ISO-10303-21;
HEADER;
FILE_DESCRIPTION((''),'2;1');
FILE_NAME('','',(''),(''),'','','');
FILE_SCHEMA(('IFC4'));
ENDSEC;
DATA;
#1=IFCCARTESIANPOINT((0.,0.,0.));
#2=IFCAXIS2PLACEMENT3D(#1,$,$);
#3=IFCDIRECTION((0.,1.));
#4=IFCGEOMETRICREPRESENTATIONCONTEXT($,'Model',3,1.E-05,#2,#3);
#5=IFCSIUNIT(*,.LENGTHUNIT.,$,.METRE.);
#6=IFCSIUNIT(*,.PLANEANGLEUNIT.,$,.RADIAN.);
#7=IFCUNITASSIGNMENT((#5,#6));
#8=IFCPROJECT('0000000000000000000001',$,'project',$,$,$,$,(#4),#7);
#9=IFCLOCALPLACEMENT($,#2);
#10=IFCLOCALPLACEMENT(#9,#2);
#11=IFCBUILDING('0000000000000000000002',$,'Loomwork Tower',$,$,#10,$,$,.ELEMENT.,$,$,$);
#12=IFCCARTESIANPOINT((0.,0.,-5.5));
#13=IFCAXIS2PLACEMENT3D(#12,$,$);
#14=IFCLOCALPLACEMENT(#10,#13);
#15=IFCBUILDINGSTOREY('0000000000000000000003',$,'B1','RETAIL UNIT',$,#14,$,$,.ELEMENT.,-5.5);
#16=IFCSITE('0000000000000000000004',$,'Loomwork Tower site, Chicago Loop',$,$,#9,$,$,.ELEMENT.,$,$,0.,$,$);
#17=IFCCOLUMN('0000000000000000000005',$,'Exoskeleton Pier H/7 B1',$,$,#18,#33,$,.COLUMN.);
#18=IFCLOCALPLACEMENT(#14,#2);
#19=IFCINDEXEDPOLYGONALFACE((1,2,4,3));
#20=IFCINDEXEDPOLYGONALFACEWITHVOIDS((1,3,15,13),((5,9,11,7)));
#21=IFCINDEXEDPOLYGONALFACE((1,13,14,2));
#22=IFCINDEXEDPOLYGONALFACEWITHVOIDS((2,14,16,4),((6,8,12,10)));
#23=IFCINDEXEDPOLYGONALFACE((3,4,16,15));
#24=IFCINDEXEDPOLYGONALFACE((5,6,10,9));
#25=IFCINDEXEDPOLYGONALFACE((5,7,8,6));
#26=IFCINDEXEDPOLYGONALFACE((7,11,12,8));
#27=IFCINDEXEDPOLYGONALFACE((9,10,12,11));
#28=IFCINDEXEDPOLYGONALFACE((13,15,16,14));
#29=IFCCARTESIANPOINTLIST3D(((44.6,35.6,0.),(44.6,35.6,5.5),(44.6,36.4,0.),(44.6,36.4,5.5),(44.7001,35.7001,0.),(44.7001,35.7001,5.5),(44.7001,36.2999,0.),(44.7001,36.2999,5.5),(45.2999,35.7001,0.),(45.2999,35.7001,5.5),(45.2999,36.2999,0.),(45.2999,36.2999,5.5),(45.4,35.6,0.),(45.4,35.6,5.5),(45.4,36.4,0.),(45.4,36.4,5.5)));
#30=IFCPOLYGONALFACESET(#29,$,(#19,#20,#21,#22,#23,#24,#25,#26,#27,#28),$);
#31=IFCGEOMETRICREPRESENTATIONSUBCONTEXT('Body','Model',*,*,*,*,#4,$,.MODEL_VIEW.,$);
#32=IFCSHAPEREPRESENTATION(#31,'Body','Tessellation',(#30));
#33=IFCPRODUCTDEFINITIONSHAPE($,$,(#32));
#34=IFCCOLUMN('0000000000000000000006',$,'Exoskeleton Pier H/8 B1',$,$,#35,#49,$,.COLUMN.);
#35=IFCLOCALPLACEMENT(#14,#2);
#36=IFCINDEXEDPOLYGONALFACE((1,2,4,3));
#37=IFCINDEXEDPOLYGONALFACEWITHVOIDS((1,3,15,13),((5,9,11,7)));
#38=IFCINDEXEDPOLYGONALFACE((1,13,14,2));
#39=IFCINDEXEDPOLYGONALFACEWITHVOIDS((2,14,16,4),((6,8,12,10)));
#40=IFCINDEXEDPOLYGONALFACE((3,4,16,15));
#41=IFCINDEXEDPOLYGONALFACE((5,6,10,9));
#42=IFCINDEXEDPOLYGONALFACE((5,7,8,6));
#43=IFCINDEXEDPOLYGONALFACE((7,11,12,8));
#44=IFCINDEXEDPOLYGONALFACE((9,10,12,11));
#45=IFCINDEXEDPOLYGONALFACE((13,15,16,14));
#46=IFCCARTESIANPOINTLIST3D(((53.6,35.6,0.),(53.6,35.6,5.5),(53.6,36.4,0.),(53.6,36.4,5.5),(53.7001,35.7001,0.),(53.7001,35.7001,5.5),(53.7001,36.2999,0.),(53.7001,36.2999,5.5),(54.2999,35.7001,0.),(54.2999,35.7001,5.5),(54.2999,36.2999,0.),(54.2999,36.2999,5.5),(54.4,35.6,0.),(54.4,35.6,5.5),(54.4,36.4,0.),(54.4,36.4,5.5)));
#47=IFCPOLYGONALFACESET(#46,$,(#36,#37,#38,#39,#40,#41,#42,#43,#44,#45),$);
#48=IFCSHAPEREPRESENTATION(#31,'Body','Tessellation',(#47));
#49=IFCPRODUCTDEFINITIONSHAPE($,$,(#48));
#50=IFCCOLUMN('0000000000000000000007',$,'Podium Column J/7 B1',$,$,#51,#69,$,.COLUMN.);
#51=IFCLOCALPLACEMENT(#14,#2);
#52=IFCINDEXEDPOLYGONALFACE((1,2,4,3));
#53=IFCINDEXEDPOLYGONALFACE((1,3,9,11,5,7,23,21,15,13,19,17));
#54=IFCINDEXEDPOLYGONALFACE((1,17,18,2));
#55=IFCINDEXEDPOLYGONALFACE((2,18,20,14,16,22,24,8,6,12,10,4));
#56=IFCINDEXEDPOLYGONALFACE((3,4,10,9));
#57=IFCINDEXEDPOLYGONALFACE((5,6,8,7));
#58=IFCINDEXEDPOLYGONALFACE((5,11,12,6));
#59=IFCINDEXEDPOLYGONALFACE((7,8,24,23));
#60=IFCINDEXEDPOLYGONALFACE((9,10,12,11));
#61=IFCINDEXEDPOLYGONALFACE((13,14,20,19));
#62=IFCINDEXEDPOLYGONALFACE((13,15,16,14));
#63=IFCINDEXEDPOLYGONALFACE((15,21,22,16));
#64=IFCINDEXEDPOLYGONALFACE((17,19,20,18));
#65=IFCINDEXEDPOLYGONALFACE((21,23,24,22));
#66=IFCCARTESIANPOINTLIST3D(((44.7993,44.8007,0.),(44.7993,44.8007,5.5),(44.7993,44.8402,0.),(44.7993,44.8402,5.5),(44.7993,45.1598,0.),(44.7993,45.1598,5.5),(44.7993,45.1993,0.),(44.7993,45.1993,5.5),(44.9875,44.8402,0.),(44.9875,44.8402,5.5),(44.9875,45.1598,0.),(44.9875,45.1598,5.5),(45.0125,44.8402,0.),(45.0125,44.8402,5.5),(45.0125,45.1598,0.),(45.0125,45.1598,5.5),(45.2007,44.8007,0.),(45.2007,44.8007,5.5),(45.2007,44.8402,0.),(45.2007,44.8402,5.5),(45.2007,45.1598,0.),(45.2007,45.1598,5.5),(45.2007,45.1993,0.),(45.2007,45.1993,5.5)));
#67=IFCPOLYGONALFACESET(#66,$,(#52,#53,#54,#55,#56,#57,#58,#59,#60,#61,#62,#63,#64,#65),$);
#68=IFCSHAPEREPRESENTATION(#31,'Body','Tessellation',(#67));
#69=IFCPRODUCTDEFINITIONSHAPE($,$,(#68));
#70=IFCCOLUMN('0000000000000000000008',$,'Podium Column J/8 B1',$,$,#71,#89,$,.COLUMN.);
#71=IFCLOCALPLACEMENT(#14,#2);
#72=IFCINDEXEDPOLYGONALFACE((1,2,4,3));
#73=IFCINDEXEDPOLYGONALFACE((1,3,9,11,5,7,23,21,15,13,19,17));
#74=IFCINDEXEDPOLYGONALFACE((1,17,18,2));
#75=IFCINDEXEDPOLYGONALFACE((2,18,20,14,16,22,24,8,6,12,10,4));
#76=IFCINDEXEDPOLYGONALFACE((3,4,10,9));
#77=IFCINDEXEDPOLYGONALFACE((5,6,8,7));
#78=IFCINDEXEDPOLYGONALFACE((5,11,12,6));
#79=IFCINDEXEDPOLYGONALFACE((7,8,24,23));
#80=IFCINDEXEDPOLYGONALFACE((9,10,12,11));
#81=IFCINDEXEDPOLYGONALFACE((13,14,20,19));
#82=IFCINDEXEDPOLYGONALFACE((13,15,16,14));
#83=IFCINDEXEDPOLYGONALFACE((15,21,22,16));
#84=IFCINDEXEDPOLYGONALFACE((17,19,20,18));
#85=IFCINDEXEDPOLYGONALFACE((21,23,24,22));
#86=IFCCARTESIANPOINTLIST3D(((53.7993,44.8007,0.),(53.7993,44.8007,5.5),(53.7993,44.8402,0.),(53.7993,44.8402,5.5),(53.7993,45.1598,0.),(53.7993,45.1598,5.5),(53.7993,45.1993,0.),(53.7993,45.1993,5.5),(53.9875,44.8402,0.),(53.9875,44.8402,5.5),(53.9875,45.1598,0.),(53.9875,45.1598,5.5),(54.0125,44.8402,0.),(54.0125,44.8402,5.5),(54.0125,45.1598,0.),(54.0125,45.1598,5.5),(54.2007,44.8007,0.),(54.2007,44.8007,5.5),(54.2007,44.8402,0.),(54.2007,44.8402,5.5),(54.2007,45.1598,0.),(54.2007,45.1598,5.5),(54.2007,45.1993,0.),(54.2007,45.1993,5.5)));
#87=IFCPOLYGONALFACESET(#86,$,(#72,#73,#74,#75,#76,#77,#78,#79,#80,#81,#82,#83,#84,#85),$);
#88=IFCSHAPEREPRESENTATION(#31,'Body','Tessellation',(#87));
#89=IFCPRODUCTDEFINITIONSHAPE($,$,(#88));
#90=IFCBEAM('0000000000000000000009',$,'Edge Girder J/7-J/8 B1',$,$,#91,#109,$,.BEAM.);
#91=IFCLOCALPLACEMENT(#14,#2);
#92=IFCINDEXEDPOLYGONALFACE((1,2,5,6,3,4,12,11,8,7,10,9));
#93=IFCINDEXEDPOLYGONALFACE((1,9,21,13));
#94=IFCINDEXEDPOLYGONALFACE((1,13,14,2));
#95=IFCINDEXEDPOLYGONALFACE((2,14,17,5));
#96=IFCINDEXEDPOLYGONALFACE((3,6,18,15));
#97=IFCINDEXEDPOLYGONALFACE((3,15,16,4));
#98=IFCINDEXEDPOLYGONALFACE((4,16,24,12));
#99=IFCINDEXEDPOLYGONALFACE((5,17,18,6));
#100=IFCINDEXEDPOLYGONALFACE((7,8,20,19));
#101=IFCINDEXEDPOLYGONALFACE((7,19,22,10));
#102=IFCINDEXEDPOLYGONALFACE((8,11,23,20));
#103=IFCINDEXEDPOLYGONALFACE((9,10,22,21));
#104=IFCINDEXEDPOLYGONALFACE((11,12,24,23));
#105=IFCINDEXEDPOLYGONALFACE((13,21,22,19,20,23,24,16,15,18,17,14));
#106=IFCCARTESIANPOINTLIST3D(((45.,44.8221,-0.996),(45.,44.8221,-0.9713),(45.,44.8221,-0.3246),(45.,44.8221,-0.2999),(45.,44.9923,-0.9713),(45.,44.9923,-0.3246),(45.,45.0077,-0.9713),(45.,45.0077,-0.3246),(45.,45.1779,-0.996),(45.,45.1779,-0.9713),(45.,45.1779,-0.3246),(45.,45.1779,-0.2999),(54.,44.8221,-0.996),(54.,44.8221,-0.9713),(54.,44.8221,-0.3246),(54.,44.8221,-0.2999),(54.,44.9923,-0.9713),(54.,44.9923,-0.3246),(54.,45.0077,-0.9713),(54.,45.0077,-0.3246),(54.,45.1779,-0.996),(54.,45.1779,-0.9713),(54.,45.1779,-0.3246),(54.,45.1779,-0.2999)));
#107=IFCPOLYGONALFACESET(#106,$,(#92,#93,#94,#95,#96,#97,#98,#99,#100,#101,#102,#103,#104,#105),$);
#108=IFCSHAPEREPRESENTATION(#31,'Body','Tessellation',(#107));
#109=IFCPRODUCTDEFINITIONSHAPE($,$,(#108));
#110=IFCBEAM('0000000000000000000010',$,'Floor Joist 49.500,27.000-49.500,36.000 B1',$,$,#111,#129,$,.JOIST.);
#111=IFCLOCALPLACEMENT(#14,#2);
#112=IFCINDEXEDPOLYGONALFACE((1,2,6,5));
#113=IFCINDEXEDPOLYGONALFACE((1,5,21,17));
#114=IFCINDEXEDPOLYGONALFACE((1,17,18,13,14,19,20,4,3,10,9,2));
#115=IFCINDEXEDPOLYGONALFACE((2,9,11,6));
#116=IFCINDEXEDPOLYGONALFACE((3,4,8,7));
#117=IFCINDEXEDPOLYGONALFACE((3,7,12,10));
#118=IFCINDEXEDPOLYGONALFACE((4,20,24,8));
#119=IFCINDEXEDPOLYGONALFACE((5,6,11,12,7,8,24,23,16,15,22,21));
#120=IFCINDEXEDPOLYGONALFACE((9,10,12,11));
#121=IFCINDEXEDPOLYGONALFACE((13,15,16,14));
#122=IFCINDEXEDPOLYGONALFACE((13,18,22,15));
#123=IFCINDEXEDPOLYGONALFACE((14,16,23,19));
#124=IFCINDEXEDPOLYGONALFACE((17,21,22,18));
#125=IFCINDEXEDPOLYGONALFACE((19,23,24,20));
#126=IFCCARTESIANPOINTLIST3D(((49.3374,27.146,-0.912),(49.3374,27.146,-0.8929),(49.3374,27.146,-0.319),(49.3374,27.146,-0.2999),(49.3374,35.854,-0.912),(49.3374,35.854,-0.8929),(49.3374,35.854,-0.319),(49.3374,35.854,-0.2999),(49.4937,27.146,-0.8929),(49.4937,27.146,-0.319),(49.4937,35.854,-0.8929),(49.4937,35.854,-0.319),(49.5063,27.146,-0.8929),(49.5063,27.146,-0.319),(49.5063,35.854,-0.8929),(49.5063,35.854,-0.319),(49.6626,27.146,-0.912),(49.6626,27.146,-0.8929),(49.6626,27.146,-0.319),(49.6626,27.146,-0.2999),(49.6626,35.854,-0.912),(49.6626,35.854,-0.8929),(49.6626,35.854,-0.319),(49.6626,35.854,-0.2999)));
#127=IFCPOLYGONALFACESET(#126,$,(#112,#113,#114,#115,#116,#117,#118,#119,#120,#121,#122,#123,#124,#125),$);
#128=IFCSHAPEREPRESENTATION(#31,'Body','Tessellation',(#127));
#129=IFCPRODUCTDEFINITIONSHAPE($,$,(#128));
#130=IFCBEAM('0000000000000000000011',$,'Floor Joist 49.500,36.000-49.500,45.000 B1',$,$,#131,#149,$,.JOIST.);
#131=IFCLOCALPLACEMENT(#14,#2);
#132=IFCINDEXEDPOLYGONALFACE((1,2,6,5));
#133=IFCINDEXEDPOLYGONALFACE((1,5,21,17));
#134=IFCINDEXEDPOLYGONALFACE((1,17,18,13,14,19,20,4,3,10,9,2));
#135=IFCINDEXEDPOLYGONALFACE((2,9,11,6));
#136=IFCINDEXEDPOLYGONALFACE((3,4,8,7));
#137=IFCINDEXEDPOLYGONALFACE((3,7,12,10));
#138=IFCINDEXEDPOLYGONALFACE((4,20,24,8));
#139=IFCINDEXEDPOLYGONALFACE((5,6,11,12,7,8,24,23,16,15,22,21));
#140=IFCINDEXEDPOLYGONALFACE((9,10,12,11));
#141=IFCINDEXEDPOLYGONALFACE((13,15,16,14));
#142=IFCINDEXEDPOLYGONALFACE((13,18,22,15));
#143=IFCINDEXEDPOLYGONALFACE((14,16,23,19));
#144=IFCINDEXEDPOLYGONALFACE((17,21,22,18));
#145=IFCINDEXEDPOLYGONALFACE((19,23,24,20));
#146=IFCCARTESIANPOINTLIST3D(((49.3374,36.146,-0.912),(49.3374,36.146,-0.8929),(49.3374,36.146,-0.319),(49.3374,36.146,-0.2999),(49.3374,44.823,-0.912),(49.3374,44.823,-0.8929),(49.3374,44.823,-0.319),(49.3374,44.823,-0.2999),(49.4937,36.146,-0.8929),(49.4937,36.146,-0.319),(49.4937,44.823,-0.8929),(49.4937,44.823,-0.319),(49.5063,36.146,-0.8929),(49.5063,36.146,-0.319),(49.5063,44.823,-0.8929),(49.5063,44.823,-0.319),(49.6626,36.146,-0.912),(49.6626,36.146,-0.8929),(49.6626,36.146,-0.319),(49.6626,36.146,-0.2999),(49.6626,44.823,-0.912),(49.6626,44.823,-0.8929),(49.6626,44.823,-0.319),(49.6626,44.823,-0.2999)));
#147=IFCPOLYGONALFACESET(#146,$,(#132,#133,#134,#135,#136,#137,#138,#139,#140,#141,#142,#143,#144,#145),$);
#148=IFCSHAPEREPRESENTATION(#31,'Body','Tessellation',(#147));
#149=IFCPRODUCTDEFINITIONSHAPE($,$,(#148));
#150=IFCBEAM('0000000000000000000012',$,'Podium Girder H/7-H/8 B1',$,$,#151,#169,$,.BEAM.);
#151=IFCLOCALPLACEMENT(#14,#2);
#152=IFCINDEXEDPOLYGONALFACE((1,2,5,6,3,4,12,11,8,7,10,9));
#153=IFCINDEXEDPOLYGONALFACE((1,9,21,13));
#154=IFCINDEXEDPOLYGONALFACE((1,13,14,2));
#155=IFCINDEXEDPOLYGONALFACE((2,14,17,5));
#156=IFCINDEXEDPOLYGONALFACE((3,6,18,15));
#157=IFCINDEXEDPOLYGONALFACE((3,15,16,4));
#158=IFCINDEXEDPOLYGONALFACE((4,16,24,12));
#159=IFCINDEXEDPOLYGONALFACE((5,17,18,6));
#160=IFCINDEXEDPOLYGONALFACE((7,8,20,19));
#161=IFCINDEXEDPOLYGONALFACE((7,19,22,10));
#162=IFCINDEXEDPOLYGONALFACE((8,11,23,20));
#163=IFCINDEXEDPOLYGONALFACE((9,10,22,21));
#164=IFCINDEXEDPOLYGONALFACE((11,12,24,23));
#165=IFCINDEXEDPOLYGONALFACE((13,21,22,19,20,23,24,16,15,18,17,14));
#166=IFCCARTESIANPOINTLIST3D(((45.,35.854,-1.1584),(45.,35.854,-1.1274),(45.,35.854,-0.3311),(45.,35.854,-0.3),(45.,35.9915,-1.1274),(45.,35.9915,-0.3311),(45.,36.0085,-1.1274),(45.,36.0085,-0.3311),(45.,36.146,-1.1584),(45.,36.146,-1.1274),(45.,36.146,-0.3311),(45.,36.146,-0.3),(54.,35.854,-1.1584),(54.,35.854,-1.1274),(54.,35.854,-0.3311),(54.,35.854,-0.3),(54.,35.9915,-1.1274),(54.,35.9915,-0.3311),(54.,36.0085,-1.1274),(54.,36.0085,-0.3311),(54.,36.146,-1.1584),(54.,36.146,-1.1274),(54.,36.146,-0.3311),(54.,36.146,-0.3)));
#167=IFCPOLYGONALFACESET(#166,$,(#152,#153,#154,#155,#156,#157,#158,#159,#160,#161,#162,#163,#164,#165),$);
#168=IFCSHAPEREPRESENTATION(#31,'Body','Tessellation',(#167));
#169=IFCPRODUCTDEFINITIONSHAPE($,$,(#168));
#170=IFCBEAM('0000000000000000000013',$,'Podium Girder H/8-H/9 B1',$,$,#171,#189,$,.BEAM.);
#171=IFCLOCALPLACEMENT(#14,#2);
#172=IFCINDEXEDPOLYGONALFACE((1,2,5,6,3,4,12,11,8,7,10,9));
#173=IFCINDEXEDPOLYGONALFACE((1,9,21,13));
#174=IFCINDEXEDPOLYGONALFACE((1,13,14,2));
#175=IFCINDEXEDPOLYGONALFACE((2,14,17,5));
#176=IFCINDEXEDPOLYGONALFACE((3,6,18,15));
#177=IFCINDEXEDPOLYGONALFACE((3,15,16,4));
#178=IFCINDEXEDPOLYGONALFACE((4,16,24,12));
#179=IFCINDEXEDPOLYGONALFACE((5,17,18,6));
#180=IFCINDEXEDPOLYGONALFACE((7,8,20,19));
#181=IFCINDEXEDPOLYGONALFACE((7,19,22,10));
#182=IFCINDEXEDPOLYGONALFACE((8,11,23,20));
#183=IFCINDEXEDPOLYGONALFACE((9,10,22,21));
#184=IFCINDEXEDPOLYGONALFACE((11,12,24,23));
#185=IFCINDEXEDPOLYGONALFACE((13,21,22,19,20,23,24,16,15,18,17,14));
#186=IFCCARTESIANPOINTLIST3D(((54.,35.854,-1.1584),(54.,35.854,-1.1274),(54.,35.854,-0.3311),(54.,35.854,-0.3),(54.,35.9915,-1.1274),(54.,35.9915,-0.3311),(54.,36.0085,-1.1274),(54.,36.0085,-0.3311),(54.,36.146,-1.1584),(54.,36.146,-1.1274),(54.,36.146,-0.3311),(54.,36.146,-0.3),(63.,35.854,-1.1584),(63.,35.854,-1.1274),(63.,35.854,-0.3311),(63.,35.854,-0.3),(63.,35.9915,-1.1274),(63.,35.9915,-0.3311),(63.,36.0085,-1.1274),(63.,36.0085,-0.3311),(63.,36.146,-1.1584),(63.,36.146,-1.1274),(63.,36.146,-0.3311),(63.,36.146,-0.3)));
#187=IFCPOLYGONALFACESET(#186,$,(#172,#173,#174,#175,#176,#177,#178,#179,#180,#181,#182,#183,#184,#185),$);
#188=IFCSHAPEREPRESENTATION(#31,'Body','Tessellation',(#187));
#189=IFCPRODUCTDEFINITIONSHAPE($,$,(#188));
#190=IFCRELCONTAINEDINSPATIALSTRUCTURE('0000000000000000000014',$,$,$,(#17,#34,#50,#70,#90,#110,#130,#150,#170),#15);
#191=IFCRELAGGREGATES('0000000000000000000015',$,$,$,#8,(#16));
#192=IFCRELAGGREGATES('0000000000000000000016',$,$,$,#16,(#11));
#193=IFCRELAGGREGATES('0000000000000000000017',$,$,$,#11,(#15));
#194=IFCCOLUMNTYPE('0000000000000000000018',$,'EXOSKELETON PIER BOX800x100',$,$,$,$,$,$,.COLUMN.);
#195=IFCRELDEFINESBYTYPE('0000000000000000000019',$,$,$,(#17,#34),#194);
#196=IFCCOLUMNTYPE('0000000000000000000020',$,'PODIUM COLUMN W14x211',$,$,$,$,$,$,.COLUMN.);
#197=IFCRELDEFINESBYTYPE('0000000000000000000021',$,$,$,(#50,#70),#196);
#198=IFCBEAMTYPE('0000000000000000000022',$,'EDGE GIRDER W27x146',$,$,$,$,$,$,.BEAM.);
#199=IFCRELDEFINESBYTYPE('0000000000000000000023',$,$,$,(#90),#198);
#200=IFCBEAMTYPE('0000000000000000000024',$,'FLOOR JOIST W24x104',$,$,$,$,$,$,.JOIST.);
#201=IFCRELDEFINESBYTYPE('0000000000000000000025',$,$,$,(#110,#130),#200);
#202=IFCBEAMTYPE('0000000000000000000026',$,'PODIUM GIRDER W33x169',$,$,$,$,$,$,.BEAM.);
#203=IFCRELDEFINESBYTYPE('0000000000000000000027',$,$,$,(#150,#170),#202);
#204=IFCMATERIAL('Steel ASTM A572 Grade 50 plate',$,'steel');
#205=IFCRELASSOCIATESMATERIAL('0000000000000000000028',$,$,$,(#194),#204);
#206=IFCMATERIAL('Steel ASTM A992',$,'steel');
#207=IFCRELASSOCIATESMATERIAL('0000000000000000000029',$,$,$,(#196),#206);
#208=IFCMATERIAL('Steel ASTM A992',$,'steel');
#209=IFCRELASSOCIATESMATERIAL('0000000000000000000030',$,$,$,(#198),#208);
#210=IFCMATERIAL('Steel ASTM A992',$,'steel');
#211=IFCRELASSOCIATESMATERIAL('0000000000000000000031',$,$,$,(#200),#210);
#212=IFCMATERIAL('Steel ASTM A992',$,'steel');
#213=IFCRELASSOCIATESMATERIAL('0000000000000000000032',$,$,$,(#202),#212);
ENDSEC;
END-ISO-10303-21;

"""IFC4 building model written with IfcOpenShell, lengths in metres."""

from ifc_helpers import new_model, si_unit, direction, frame, origin, origin_2d, place, context, subcontext, project, spatial, hollow_rectangle, i_section, extrude, material, material_profile, profile_set, type_object, element, save


model = new_model("IFC4")

# Units and contexts
model_context = context("Model", 3, precision=1e-05, world=origin(), true_north=direction((0.0, 1.0)))
body_context = subcontext(model_context, "Body", "Model", "MODEL_VIEW")
ifc_project = project(units=[si_unit("LENGTHUNIT", "METRE"), si_unit("PLANEANGLEUNIT", "RADIAN")], contexts=[model_context])

# Site, building, storey
site_placement = place(None, origin())
site = spatial("IfcSite", under=ifc_project, at=site_placement, Name="Loomwork Tower site, Chicago Loop", CompositionType="ELEMENT", RefElevation=0.0)
building_placement = place(site_placement, origin())
building = spatial("IfcBuilding", under=site, at=building_placement, Name="Loomwork Tower", CompositionType="ELEMENT")
storey_placement = place(building_placement, frame((0.0, 0.0, -5.5)))
storey = spatial("IfcBuildingStorey", under=building, at=storey_placement, Name="B1", Description="RETAIL UNIT", CompositionType="ELEMENT", Elevation=-5.5)

# Columns
ifc_material_1 = material(Name="Steel ASTM A572 Grade 50 plate", Category="steel")
ifc_material_profile_1 = material_profile(ifc_material_1, hollow_rectangle(XDim=0.8, YDim=0.8, WallThickness=0.1001, at=origin_2d()), Name="BOX800x100")
ifc_profile_set_1 = profile_set([ifc_material_profile_1], Name="Steel ASTM A572 Grade 50 plate")
column_type_1 = type_object("IfcColumnType", Name="EXOSKELETON PIER BOX800x100", PredefinedType="COLUMN", material=ifc_profile_set_1)
for number, where, z_axis, x_axis, name in (
    (1, (45.0, 36.0, 0.0), (0.0, 0.0, 1.0), (1.0, 0.0, 0.0), "Exoskeleton Pier H/7 B1"),
    (2, (54.0, 36.0, 0.0), (0.0, 0.0, 1.0), (1.0, 0.0, 0.0), "Exoskeleton Pier H/8 B1"),
):
    element("IfcColumn", number, at=place(storey_placement, frame(where, z_axis=z_axis, x_axis=x_axis)), inside=storey, type_object=column_type_1, Name=name, PredefinedType="COLUMN", context=body_context, shape_type="SweptSolid", body=[
        extrude(hollow_rectangle(XDim=0.8, YDim=0.8, WallThickness=0.1001, at=origin_2d()), origin(), (0.0, 0.0, 1.0), 5.5),
    ])
ifc_material_2 = material(Name="Steel ASTM A992", Category="steel")
ifc_material_profile_2 = material_profile(ifc_material_2, i_section(OverallWidth=0.4014, OverallDepth=0.3987, WebThickness=0.0249, FlangeThickness=0.0396, at=origin_2d()), Name="W14x211")
ifc_profile_set_2 = profile_set([ifc_material_profile_2], Name="Steel ASTM A992")
column_type_2 = type_object("IfcColumnType", Name="PODIUM COLUMN W14x211", PredefinedType="COLUMN", material=ifc_profile_set_2)
for number, where, z_axis, x_axis, name in (
    (3, (45.0, 45.0, 0.0), (0.0, 0.0, 1.0), (1.0, 0.0, 0.0), "Podium Column J/7 B1"),
    (4, (54.0, 45.0, 0.0), (0.0, 0.0, 1.0), (1.0, 0.0, 0.0), "Podium Column J/8 B1"),
):
    element("IfcColumn", number, at=place(storey_placement, frame(where, z_axis=z_axis, x_axis=x_axis)), inside=storey, type_object=column_type_2, Name=name, PredefinedType="COLUMN", context=body_context, shape_type="SweptSolid", body=[
        extrude(i_section(OverallWidth=0.4014, OverallDepth=0.3987, WebThickness=0.0249, FlangeThickness=0.0396, at=origin_2d()), origin(), (0.0, 0.0, 1.0), 5.5),
    ])

# Beams
ifc_material_3 = material(Name="Steel ASTM A992", Category="steel")
ifc_material_profile_3 = material_profile(ifc_material_3, i_section(OverallWidth=0.3557, OverallDepth=0.696, WebThickness=0.0154, FlangeThickness=0.0247, at=origin_2d()), Name="W27x146")
ifc_profile_set_3 = profile_set([ifc_material_profile_3], Name="Steel ASTM A992")
beam_type_1 = type_object("IfcBeamType", Name="EDGE GIRDER W27x146", PredefinedType="BEAM", material=ifc_profile_set_3)
beam_1_placement = place(storey_placement, frame((45.0, 45.0, -0.6479), z_axis=(1.0, 0.0, 0.0), x_axis=(0.0, 1.0, 0.0)))
element("IfcBeam", 5, at=beam_1_placement, inside=storey, type_object=beam_type_1, Name="Edge Girder J/7-J/8 B1", PredefinedType="BEAM", context=body_context, shape_type="SweptSolid", body=[
    extrude(i_section(OverallWidth=0.3557, OverallDepth=0.696, WebThickness=0.0154, FlangeThickness=0.0247, at=origin_2d()), origin(), (0.0, 0.0, 1.0), 9.0),
])
ifc_material_4 = material(Name="Steel ASTM A992", Category="steel")
ifc_material_profile_4 = material_profile(ifc_material_4, i_section(OverallWidth=0.3252, OverallDepth=0.6121, WebThickness=0.0127, FlangeThickness=0.019, at=origin_2d()), Name="W24x104")
ifc_profile_set_4 = profile_set([ifc_material_profile_4], Name="Steel ASTM A992")
beam_type_2 = type_object("IfcBeamType", Name="FLOOR JOIST W24x104", PredefinedType="JOIST", material=ifc_profile_set_4)
beam_2_placement = place(storey_placement, frame((49.5, 27.146, -0.606), z_axis=(0.0, 1.0, 0.0), x_axis=(-1.0, 0.0, 0.0)))
element("IfcBeam", 6, at=beam_2_placement, inside=storey, type_object=beam_type_2, Name="Floor Joist 49.500,27.000-49.500,36.000 B1", PredefinedType="JOIST", context=body_context, shape_type="SweptSolid", body=[
    extrude(i_section(OverallWidth=0.3252, OverallDepth=0.6121, WebThickness=0.0127, FlangeThickness=0.019, at=origin_2d()), origin(), (0.0, 0.0, 1.0), 8.708),
])
beam_3_placement = place(storey_placement, frame((49.5, 36.146, -0.606), z_axis=(0.0, 1.0, 0.0), x_axis=(-1.0, 0.0, 0.0)))
element("IfcBeam", 7, at=beam_3_placement, inside=storey, type_object=beam_type_2, Name="Floor Joist 49.500,36.000-49.500,45.000 B1", PredefinedType="JOIST", context=body_context, shape_type="SweptSolid", body=[
    extrude(i_section(OverallWidth=0.3252, OverallDepth=0.6121, WebThickness=0.0127, FlangeThickness=0.019, at=origin_2d()), origin(), (0.0, 0.0, 1.0), 8.677),
])
ifc_material_5 = material(Name="Steel ASTM A992", Category="steel")
ifc_material_profile_5 = material_profile(ifc_material_5, i_section(OverallWidth=0.292, OverallDepth=0.8584, WebThickness=0.0171, FlangeThickness=0.031, at=origin_2d()), Name="W33x169")
ifc_profile_set_5 = profile_set([ifc_material_profile_5], Name="Steel ASTM A992")
beam_type_3 = type_object("IfcBeamType", Name="PODIUM GIRDER W33x169", PredefinedType="BEAM", material=ifc_profile_set_5)
for number, where, z_axis, x_axis, name in (
    (8, (45.0, 36.0, -0.7292), (1.0, 0.0, 0.0), (0.0, 1.0, 0.0), "Podium Girder H/7-H/8 B1"),
    (9, (54.0, 36.0, -0.7292), (1.0, 0.0, 0.0), (0.0, 1.0, 0.0), "Podium Girder H/8-H/9 B1"),
):
    element("IfcBeam", number, at=place(storey_placement, frame(where, z_axis=z_axis, x_axis=x_axis)), inside=storey, type_object=beam_type_3, Name=name, PredefinedType="BEAM", context=body_context, shape_type="SweptSolid", body=[
        extrude(i_section(OverallWidth=0.292, OverallDepth=0.8584, WebThickness=0.0171, FlangeThickness=0.031, at=origin_2d()), origin(), (0.0, 0.0, 1.0), 9.0),
    ])

save(model, "model.ifc")
